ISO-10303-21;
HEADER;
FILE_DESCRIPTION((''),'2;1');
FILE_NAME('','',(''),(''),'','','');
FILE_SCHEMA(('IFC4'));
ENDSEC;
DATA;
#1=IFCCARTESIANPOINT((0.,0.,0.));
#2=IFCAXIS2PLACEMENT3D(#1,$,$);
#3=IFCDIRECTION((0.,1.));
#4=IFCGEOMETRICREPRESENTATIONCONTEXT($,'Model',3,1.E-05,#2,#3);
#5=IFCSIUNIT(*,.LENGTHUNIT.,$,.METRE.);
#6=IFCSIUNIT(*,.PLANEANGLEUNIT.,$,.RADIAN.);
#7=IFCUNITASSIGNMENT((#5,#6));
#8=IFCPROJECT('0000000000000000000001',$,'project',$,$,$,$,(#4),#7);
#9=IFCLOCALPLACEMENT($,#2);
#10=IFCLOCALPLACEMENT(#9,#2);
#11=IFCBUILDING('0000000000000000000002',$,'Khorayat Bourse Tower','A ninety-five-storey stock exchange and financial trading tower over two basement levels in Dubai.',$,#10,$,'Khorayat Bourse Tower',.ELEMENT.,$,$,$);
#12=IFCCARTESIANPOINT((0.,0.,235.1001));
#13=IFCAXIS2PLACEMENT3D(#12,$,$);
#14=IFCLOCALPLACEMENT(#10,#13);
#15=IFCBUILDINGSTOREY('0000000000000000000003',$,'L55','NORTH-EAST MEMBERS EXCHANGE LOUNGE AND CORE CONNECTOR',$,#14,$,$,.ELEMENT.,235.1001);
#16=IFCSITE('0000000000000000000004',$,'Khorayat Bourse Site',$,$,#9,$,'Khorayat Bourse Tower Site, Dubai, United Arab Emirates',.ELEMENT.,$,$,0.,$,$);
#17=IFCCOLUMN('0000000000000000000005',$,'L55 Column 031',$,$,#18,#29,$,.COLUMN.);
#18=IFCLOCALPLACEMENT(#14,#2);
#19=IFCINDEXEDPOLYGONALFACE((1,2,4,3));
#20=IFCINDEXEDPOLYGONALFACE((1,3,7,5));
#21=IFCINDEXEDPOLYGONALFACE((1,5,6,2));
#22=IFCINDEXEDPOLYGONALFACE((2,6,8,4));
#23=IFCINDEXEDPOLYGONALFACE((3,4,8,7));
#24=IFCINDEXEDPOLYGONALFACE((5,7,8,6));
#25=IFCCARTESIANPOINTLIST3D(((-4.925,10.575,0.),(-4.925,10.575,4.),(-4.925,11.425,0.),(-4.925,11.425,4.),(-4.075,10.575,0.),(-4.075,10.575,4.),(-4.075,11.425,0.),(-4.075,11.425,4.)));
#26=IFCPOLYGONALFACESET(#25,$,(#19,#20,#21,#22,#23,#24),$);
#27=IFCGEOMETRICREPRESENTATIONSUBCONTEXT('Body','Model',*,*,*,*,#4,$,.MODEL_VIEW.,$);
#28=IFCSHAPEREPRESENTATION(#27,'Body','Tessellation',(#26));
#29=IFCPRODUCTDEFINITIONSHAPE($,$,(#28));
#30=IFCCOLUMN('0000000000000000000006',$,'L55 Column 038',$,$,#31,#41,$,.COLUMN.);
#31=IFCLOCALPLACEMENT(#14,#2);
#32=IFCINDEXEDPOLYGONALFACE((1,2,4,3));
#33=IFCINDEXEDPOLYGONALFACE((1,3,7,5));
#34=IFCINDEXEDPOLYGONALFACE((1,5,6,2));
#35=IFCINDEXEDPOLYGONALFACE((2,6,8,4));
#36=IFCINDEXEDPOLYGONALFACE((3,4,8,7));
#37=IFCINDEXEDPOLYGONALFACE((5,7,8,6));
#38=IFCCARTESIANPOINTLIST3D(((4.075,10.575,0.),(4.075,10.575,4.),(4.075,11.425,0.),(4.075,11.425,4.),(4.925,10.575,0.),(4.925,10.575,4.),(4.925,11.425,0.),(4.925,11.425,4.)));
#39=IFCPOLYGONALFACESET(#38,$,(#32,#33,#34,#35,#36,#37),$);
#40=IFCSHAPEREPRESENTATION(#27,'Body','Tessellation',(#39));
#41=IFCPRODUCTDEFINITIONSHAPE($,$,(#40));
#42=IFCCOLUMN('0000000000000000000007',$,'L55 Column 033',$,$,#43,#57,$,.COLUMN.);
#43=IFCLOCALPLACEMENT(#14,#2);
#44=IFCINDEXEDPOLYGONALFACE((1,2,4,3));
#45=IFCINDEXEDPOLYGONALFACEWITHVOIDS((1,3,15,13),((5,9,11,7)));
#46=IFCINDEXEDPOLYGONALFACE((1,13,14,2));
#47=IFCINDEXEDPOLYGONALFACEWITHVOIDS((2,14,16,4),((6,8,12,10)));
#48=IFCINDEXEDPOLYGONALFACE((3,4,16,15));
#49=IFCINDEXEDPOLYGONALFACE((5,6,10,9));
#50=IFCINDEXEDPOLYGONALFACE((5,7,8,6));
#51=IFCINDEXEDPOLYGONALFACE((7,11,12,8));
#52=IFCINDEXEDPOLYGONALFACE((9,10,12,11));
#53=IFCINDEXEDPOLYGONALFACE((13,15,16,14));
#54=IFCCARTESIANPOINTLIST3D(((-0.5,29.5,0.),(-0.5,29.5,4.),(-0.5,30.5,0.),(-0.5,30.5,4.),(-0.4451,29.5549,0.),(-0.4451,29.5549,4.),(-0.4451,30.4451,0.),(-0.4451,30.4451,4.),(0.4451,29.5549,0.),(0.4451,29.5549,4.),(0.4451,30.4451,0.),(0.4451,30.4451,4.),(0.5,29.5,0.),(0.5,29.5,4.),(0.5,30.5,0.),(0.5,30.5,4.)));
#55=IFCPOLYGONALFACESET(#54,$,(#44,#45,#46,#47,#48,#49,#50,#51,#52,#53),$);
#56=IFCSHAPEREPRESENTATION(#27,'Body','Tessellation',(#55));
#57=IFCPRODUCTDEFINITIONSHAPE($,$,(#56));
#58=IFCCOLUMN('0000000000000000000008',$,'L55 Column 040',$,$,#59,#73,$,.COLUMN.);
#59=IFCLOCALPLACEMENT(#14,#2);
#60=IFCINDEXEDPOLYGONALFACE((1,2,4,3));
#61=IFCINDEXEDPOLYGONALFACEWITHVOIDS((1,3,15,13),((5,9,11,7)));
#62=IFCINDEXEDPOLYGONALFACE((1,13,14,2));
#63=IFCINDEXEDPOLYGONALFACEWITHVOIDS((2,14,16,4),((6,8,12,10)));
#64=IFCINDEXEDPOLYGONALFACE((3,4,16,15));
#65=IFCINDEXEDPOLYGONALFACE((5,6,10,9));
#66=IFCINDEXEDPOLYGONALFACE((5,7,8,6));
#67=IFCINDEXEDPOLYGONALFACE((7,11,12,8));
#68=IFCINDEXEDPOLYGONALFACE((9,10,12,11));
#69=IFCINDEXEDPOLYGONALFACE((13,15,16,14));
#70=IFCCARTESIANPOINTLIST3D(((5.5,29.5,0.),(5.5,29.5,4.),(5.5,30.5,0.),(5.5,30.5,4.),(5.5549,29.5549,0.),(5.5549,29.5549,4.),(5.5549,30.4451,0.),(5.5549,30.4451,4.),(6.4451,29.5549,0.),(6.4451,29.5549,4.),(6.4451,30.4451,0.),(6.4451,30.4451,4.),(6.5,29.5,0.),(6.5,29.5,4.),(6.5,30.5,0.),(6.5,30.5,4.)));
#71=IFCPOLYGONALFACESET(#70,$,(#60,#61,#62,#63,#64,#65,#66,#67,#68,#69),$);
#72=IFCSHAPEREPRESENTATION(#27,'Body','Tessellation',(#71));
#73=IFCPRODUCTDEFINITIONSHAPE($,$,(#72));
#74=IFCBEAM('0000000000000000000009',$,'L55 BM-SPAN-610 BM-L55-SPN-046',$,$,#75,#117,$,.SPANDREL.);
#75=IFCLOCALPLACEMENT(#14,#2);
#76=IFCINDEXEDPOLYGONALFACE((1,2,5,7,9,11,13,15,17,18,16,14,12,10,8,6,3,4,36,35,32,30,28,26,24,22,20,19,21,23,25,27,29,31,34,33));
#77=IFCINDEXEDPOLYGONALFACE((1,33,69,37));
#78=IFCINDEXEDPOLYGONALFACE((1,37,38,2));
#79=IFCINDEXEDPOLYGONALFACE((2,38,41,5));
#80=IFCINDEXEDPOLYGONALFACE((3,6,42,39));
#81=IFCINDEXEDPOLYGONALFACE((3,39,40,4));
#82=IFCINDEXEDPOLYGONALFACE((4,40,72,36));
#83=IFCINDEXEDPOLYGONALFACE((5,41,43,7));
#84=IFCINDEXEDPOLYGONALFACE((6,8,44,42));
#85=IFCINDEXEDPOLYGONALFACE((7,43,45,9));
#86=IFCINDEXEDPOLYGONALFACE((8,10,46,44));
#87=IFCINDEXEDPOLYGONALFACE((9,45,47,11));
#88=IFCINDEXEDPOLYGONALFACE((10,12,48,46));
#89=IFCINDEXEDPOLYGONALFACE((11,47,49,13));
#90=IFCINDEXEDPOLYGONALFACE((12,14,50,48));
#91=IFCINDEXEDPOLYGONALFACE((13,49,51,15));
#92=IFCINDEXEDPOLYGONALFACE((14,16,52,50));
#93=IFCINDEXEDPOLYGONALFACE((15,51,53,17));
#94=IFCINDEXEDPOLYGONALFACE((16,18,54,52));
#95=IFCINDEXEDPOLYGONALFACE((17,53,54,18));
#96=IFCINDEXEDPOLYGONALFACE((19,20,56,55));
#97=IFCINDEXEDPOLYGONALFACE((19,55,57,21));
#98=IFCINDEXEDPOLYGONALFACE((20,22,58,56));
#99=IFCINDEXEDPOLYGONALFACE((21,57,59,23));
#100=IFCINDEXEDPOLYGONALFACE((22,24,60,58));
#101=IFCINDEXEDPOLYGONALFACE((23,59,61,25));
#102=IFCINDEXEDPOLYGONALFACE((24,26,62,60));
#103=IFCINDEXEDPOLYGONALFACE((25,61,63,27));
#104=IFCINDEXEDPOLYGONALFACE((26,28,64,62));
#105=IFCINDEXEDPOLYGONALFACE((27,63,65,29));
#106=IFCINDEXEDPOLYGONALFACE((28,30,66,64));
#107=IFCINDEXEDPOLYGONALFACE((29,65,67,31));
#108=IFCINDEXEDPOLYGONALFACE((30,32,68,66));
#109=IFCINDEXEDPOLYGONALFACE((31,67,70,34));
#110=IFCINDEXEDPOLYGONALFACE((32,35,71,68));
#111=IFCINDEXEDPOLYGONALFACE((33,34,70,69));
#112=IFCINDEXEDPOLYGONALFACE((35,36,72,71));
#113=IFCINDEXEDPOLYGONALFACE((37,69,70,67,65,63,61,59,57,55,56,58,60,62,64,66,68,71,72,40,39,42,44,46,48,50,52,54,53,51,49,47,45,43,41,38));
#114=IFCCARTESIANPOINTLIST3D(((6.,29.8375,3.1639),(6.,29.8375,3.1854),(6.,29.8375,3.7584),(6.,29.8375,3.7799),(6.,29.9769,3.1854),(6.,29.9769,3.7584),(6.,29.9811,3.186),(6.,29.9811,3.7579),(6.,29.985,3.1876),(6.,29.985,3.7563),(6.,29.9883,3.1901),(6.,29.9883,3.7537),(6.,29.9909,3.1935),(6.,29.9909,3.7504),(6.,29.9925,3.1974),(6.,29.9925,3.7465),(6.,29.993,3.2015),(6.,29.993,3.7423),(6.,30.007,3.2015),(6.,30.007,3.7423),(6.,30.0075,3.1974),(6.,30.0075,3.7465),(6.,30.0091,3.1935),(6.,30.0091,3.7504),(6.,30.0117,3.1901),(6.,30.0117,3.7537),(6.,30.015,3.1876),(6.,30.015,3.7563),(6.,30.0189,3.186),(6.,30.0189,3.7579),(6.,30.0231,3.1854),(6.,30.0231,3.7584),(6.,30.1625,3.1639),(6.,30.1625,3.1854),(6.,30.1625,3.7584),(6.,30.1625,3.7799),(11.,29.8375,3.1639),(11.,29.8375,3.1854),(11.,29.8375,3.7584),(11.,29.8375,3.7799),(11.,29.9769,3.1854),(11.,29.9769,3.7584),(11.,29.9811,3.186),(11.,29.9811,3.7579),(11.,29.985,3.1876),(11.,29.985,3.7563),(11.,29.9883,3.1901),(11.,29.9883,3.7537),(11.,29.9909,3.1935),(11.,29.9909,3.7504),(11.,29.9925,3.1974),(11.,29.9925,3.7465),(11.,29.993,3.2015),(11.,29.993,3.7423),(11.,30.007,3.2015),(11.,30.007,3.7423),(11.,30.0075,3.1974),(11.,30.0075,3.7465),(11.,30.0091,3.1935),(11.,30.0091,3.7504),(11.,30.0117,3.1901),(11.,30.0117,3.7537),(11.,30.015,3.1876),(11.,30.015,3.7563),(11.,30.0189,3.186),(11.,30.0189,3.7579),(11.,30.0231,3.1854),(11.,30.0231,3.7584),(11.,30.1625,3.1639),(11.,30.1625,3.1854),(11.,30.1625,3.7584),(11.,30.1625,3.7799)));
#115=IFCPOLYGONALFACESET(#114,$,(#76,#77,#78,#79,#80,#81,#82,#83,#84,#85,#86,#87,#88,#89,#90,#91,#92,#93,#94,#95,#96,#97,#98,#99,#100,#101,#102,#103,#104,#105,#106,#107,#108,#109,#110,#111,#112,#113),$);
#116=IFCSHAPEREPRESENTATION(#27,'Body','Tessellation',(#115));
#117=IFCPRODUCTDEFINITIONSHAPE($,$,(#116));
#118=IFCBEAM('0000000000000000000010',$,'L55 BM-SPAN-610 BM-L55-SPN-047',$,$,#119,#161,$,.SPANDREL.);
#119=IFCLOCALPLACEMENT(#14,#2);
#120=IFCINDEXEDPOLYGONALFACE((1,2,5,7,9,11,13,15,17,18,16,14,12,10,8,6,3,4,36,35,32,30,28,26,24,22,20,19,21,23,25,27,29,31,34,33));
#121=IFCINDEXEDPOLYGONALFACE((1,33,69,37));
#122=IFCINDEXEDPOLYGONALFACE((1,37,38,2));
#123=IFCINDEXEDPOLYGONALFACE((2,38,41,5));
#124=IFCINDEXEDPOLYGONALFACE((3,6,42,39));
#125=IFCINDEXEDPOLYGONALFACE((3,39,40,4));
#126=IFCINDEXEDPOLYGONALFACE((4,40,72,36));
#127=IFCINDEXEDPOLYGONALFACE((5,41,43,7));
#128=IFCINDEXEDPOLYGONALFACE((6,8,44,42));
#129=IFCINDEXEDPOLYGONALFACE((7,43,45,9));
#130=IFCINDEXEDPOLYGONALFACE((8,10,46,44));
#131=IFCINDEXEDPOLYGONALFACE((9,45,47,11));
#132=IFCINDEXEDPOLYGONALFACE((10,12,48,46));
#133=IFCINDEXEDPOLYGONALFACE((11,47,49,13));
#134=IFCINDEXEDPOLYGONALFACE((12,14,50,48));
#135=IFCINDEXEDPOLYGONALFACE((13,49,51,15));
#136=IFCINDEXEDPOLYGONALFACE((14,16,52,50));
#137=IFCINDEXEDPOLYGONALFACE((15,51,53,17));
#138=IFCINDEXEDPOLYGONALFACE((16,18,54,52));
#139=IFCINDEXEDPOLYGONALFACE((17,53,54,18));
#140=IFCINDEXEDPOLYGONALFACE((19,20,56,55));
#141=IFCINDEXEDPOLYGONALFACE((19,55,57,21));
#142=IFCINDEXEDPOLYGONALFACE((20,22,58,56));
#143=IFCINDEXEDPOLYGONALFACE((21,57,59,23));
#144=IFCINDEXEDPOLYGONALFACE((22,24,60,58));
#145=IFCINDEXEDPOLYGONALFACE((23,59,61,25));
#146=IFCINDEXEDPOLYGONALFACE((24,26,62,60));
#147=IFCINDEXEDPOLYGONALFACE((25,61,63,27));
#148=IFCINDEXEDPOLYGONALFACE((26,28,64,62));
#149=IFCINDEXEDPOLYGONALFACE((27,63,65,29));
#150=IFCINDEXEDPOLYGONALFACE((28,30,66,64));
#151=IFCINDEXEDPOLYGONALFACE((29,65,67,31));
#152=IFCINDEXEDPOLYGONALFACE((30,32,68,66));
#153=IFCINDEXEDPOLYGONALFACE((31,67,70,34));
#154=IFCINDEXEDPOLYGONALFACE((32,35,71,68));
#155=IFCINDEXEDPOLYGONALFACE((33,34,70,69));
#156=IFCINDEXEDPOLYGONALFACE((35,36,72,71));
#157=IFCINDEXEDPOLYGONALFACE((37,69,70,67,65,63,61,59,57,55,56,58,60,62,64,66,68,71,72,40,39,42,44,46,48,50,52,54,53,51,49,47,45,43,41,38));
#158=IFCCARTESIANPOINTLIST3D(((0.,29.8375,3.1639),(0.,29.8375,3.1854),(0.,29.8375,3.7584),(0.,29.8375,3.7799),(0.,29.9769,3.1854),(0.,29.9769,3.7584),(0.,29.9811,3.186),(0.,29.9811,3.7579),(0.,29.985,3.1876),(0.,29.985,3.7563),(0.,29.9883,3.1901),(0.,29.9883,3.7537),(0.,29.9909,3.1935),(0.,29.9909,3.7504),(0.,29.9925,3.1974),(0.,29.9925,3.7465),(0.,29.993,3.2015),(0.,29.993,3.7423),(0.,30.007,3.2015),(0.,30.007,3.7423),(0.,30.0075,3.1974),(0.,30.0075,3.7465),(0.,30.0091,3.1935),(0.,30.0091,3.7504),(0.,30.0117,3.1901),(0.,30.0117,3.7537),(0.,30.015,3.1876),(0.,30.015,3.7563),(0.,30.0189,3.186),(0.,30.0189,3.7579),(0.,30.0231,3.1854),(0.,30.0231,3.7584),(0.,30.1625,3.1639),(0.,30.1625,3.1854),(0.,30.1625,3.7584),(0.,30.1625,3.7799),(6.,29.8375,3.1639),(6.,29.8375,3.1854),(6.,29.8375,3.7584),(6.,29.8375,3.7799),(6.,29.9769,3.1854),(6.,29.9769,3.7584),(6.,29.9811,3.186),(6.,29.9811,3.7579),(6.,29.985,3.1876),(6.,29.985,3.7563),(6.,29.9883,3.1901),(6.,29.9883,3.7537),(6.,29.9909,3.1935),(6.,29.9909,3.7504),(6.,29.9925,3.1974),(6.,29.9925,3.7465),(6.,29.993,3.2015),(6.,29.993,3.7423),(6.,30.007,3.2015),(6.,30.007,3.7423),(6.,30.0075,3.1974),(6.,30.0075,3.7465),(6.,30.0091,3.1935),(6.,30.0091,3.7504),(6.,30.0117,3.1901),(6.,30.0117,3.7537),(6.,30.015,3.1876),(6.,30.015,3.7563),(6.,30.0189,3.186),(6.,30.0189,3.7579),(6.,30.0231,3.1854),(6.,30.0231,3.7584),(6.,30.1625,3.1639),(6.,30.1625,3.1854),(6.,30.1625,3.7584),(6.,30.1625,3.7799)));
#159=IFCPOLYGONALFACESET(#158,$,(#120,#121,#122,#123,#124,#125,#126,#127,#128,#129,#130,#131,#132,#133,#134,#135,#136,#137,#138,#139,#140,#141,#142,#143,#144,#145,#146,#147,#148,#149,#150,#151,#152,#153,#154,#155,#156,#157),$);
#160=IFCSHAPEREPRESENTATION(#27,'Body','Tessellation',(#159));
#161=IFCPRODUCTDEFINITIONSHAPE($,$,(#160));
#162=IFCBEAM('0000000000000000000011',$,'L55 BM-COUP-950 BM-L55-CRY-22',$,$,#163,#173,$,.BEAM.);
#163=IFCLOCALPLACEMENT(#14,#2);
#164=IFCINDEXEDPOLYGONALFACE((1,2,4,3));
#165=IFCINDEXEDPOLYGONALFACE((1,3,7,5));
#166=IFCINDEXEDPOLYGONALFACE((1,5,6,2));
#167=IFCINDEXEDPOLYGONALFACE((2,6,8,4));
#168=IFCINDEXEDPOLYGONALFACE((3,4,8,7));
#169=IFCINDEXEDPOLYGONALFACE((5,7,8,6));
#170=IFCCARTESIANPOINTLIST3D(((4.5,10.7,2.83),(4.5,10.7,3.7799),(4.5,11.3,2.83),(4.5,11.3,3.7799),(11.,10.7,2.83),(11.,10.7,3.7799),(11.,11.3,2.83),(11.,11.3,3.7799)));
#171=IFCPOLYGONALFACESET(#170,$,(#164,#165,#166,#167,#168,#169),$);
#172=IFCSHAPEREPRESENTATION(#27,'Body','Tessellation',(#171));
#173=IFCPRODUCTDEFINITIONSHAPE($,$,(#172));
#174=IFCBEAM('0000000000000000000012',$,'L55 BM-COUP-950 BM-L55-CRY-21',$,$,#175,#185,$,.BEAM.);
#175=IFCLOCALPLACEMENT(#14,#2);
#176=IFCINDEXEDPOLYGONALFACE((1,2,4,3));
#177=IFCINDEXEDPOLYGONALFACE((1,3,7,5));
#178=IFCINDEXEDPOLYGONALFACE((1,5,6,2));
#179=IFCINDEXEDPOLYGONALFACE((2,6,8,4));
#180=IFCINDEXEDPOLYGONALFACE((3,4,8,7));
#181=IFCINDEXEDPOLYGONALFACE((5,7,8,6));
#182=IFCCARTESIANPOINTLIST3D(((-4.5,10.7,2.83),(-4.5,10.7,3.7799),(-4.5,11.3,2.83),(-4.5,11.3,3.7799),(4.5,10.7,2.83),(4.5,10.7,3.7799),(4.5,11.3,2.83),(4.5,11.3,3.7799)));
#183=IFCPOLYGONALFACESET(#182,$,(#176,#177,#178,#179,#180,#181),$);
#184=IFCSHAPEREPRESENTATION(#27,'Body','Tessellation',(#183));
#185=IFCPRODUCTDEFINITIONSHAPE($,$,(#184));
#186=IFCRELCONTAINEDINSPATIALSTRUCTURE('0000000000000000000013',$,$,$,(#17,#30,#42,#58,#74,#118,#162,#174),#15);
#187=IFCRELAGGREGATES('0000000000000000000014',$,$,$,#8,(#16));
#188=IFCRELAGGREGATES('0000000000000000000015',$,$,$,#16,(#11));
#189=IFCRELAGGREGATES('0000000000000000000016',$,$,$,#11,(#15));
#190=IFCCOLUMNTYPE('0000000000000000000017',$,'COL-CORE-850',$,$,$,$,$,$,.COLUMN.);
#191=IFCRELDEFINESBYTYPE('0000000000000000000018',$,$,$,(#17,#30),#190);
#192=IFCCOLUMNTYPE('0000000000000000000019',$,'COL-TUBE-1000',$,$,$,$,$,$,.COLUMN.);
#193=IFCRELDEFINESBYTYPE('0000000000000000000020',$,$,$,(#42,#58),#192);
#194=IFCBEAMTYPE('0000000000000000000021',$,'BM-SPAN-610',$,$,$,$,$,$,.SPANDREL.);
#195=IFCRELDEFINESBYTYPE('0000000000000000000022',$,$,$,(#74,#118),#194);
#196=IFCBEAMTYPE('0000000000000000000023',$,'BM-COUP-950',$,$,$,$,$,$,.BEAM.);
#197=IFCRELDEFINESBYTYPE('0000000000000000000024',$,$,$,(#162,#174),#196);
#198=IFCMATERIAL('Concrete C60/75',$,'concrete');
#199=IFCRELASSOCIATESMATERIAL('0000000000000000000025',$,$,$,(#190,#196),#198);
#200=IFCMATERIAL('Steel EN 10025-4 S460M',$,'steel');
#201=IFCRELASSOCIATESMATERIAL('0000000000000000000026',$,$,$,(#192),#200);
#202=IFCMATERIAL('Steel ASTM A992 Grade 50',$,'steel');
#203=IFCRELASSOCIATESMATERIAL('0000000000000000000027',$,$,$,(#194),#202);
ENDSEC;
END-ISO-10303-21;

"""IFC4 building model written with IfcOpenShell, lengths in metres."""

from ifc_helpers import new_model, si_unit, direction, frame, origin, origin_2d, place, context, subcontext, project, spatial, rectangle, hollow_rectangle, i_section, extrude, source, transform, mapped, material, material_profile, profile_set, type_object, element, save


model = new_model("IFC4")

# Units and contexts
model_context = context("Model", 3, precision=1e-05, world=origin(), true_north=direction((0.0, 1.0)))
body_context = subcontext(model_context, "Body", "Model", "MODEL_VIEW")
ifc_project = project(units=[si_unit("LENGTHUNIT", "METRE"), si_unit("PLANEANGLEUNIT", "RADIAN")], contexts=[model_context])

# Site, building, storey
site_placement = place(None, origin())
site = spatial("IfcSite", under=ifc_project, at=site_placement, Name="Khorayat Bourse Site", LongName="Khorayat Bourse Tower Site, Dubai, United Arab Emirates", CompositionType="ELEMENT", RefElevation=0.0)
building_placement = place(site_placement, origin())
building = spatial("IfcBuilding", under=site, at=building_placement, Name="Khorayat Bourse Tower", Description="A ninety-five-storey stock exchange and financial trading tower over two basement levels in Dubai.", LongName="Khorayat Bourse Tower", CompositionType="ELEMENT")
storey_placement = place(building_placement, frame((0.0, 0.0, 235.1001)))
storey = spatial("IfcBuildingStorey", under=building, at=storey_placement, Name="L55", Description="NORTH-EAST MEMBERS EXCHANGE LOUNGE AND CORE CONNECTOR", CompositionType="ELEMENT", Elevation=235.1001)

# Columns
ifc_material_1 = material(Name="Concrete C60/75", Category="concrete")
ifc_material_profile_1 = material_profile(ifc_material_1, rectangle(XDim=0.8501, YDim=0.8501, at=origin_2d()), Name="RC 850x850")
ifc_profile_set_1 = profile_set([ifc_material_profile_1], Name="Concrete C60/75")
column_type_1 = type_object("IfcColumnType", Name="COL-CORE-850", PredefinedType="COLUMN", material=ifc_profile_set_1)
shared_shape_1 = source(origin(), body_context, "Body", "SweptSolid", [
    extrude(rectangle(XDim=0.8501, YDim=0.8501, at=origin_2d()), origin(), (0.0, 0.0, 1.0), 4.0),
])
for number, where, z_axis, x_axis, name in (
    (1, (-4.5, 11.0, 0.0), (0.0, 0.0, 1.0), (1.0, 0.0, 0.0), "L55 Column 031"),
    (2, (4.5, 11.0, 0.0), (0.0, 0.0, 1.0), (1.0, 0.0, 0.0), "L55 Column 038"),
):
    element("IfcColumn", number, at=place(storey_placement, frame(where, z_axis=z_axis, x_axis=x_axis)), inside=storey, type_object=column_type_1, Name=name, PredefinedType="COLUMN", context=body_context, shape_type="MappedRepresentation", body=[
        mapped(shared_shape_1, transform((0.0, 0.0, 0.0), scale=1.0)),
    ])
ifc_material_2 = material(Name="Steel EN 10025-4 S460M", Category="steel")
ifc_material_profile_2 = material_profile(ifc_material_2, hollow_rectangle(XDim=1.0, YDim=1.0, WallThickness=0.0549, at=origin_2d()), Name="BOX 1000x1000x55")
ifc_profile_set_2 = profile_set([ifc_material_profile_2], Name="Steel EN 10025-4 S460M")
column_type_2 = type_object("IfcColumnType", Name="COL-TUBE-1000", PredefinedType="COLUMN", material=ifc_profile_set_2)
shared_shape_2 = source(origin(), body_context, "Body", "SweptSolid", [
    extrude(hollow_rectangle(XDim=1.0, YDim=1.0, WallThickness=0.0549, at=origin_2d()), origin(), (0.0, 0.0, 1.0), 4.0),
])
for number, where, z_axis, x_axis, name in (
    (3, (0.0, 30.0, 0.0), (0.0, 0.0, 1.0), (1.0, 0.0, 0.0), "L55 Column 033"),
    (4, (6.0, 30.0, 0.0), (0.0, 0.0, 1.0), (1.0, 0.0, 0.0), "L55 Column 040"),
):
    element("IfcColumn", number, at=place(storey_placement, frame(where, z_axis=z_axis, x_axis=x_axis)), inside=storey, type_object=column_type_2, Name=name, PredefinedType="COLUMN", context=body_context, shape_type="MappedRepresentation", body=[
        mapped(shared_shape_2, transform((0.0, 0.0, 0.0), scale=1.0)),
    ])

# Beams
ifc_material_3 = material(Name="Steel ASTM A992 Grade 50", Category="steel")
ifc_material_profile_3 = material_profile(ifc_material_3, i_section(OverallWidth=0.325, OverallDepth=0.616, WebThickness=0.0139, FlangeThickness=0.0215, FilletRadius=0.0161, at=origin_2d()), Name="W610X174")
ifc_profile_set_3 = profile_set([ifc_material_profile_3], Name="Steel ASTM A992 Grade 50")
beam_type_1 = type_object("IfcBeamType", Name="BM-SPAN-610", PredefinedType="SPANDREL", material=ifc_profile_set_3)
shared_shape_3 = source(origin(), body_context, "Body", "SweptSolid", [
    extrude(i_section(OverallWidth=0.325, OverallDepth=0.616, WebThickness=0.0139, FlangeThickness=0.0215, FilletRadius=0.0161, at=origin_2d()), origin(), (0.0, 0.0, 1.0), 5.0),
])
beam_1_placement = place(storey_placement, frame((6.0, 30.0, 3.4719), z_axis=(1.0, 0.0, 0.0), x_axis=(0.0, 1.0, 0.0)))
element("IfcBeam", 5, at=beam_1_placement, inside=storey, type_object=beam_type_1, Name="L55 BM-SPAN-610 BM-L55-SPN-046", PredefinedType="SPANDREL", context=body_context, shape_type="MappedRepresentation", body=[
    mapped(shared_shape_3, transform((0.0, 0.0, 0.0), scale=1.0)),
])
shared_shape_4 = source(origin(), body_context, "Body", "SweptSolid", [
    extrude(i_section(OverallWidth=0.325, OverallDepth=0.616, WebThickness=0.0139, FlangeThickness=0.0215, FilletRadius=0.0161, at=origin_2d()), origin(), (0.0, 0.0, 1.0), 6.0),
])
beam_2_placement = place(storey_placement, frame((0.0, 30.0, 3.4719), z_axis=(1.0, 0.0, 0.0), x_axis=(0.0, 1.0, 0.0)))
element("IfcBeam", 6, at=beam_2_placement, inside=storey, type_object=beam_type_1, Name="L55 BM-SPAN-610 BM-L55-SPN-047", PredefinedType="SPANDREL", context=body_context, shape_type="MappedRepresentation", body=[
    mapped(shared_shape_4, transform((0.0, 0.0, 0.0), scale=1.0)),
])
ifc_material_profile_4 = material_profile(ifc_material_1, rectangle(XDim=0.6001, YDim=0.95, at=origin_2d()), Name="RC 600x950")
ifc_profile_set_4 = profile_set([ifc_material_profile_4], Name="Concrete C60/75")
beam_type_2 = type_object("IfcBeamType", Name="BM-COUP-950", PredefinedType="BEAM", material=ifc_profile_set_4)
shared_shape_5 = source(origin(), body_context, "Body", "SweptSolid", [
    extrude(rectangle(XDim=0.6001, YDim=0.95, at=origin_2d()), origin(), (0.0, 0.0, 1.0), 6.5),
])
beam_3_placement = place(storey_placement, frame((4.5, 11.0, 3.3049), z_axis=(1.0, 0.0, 0.0), x_axis=(0.0, 1.0, 0.0)))
element("IfcBeam", 7, at=beam_3_placement, inside=storey, type_object=beam_type_2, Name="L55 BM-COUP-950 BM-L55-CRY-22", PredefinedType="BEAM", context=body_context, shape_type="MappedRepresentation", body=[
    mapped(shared_shape_5, transform((0.0, 0.0, 0.0), scale=1.0)),
])
shared_shape_6 = source(origin(), body_context, "Body", "SweptSolid", [
    extrude(rectangle(XDim=0.6001, YDim=0.95, at=origin_2d()), origin(), (0.0, 0.0, 1.0), 9.0),
])
beam_4_placement = place(storey_placement, frame((-4.5, 11.0, 3.3049), z_axis=(1.0, 0.0, 0.0), x_axis=(0.0, 1.0, 0.0)))
element("IfcBeam", 8, at=beam_4_placement, inside=storey, type_object=beam_type_2, Name="L55 BM-COUP-950 BM-L55-CRY-21", PredefinedType="BEAM", context=body_context, shape_type="MappedRepresentation", body=[
    mapped(shared_shape_6, transform((0.0, 0.0, 0.0), scale=1.0)),
])

save(model, "model.ifc")
